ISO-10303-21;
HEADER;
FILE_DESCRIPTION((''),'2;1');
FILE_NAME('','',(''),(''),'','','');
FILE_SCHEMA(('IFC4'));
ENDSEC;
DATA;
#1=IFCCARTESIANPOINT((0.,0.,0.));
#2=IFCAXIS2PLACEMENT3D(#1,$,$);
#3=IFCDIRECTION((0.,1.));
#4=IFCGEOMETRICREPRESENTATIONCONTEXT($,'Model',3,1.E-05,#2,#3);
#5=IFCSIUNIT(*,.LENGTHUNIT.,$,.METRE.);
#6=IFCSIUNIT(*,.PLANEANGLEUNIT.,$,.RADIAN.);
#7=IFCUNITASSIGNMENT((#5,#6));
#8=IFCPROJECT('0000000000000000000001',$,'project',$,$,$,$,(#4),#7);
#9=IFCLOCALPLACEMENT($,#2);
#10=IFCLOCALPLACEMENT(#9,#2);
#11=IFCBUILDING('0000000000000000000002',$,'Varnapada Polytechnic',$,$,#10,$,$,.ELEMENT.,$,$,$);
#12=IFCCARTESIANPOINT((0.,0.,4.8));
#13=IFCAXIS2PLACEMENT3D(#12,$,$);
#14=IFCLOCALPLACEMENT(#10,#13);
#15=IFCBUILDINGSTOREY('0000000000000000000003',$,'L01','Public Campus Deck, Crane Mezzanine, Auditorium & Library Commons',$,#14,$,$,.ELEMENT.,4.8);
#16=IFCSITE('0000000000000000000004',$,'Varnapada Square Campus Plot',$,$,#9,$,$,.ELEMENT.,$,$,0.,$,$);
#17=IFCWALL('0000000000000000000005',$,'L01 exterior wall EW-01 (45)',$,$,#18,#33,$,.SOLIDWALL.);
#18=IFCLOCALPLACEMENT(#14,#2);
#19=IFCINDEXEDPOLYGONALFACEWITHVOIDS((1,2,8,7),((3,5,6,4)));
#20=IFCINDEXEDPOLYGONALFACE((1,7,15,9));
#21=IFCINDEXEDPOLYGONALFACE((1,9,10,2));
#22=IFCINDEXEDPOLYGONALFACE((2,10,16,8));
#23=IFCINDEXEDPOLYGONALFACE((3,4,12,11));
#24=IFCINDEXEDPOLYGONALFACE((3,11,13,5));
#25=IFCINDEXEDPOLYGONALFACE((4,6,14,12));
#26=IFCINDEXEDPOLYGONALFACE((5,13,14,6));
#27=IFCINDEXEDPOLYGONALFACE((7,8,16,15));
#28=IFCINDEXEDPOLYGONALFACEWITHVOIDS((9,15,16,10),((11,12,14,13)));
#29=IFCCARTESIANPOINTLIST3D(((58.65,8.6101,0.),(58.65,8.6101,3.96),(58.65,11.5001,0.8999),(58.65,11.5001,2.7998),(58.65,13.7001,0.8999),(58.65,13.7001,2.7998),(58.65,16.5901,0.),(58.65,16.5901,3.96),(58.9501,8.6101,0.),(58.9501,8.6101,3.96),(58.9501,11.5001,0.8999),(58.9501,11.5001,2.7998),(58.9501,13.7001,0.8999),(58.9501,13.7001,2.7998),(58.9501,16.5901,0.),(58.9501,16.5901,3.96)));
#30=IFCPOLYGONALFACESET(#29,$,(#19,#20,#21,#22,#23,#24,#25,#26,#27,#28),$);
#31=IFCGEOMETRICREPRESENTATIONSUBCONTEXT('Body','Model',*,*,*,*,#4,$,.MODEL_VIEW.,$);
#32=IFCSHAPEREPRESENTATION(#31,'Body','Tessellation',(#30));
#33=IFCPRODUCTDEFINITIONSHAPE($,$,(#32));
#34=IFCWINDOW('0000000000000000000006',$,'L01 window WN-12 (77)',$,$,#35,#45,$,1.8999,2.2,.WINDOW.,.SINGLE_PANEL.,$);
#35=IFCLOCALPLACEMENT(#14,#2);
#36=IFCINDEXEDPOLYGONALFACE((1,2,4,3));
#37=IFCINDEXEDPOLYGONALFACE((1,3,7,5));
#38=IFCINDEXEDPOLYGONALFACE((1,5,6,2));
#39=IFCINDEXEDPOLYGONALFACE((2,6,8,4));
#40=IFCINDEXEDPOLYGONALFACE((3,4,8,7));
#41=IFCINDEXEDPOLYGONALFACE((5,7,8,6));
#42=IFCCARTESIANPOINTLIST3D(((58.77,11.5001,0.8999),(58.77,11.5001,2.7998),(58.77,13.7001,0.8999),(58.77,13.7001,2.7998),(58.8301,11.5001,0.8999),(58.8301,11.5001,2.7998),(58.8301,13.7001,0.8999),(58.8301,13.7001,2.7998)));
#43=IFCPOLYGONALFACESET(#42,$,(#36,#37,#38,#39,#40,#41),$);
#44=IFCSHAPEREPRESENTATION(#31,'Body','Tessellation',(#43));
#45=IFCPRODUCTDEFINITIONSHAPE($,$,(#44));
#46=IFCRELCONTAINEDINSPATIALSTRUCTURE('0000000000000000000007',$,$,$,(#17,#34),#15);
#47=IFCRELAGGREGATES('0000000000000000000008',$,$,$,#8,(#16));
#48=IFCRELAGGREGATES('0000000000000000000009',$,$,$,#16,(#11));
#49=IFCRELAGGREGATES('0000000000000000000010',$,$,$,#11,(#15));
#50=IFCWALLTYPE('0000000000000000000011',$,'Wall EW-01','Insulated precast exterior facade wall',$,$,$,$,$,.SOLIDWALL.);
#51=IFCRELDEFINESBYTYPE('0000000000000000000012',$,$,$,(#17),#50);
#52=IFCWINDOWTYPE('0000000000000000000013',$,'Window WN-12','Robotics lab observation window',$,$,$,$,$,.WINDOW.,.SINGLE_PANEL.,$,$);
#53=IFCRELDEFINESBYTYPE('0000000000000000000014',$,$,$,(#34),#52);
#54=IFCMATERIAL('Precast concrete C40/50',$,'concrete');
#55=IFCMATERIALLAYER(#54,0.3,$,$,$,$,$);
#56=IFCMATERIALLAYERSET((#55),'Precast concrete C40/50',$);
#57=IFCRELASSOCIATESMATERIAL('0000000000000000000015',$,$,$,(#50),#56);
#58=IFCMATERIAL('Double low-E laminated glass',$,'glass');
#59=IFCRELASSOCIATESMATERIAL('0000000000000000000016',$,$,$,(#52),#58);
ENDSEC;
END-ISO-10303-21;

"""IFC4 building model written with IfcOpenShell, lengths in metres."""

from ifc_helpers import new_model, si_unit, direction, frame, frame_2d, origin, place, context, subcontext, project, spatial, rectangle, extrude, material, layer, layer_set, type_object, element, fill, save


model = new_model("IFC4")

# Units and contexts
model_context = context("Model", 3, precision=1e-05, world=origin(), true_north=direction((0.0, 1.0)))
body_context = subcontext(model_context, "Body", "Model", "MODEL_VIEW")
ifc_project = project(units=[si_unit("LENGTHUNIT", "METRE"), si_unit("PLANEANGLEUNIT", "RADIAN")], contexts=[model_context])

# Site, building, storey
site_placement = place(None, origin())
site = spatial("IfcSite", under=ifc_project, at=site_placement, Name="Varnapada Square Campus Plot", CompositionType="ELEMENT", RefElevation=0.0)
building_placement = place(site_placement, origin())
building = spatial("IfcBuilding", under=site, at=building_placement, Name="Varnapada Polytechnic", CompositionType="ELEMENT")
storey_placement = place(building_placement, frame((0.0, 0.0, 4.8)))
storey = spatial("IfcBuildingStorey", under=building, at=storey_placement, Name="L01", Description="Public Campus Deck, Crane Mezzanine, Auditorium & Library Commons", CompositionType="ELEMENT", Elevation=4.8)

# Shared definitions
ifc_material_1 = material(Name="Double low-E laminated glass", Category="glass")

# Wall, opening, window
ifc_material_2 = material(Name="Precast concrete C40/50", Category="concrete")
ifc_layer_1 = layer(ifc_material_2, 0.3)
ifc_layer_set_1 = layer_set([ifc_layer_1], Name="Precast concrete C40/50")
wall_type = type_object("IfcWallType", Name="Wall EW-01", Description="Insulated precast exterior facade wall", PredefinedType="SOLIDWALL", material=ifc_layer_set_1)
wall_placement = place(storey_placement, frame((58.8, 16.5901, 0.0), z_axis=(0.0, 0.0, 1.0), x_axis=(0.0, -1.0, 0.0)))
wall = element("IfcWall", 1, at=wall_placement, inside=storey, type_object=wall_type, Name="L01 exterior wall EW-01 (45)", PredefinedType="SOLIDWALL", context=body_context, shape_type="SweptSolid", body=[
    extrude(rectangle(XDim=7.98, YDim=0.3, at=frame_2d((3.99, 0.0))), origin(), (0.0, 0.0, 1.0), 3.96),
])
opening_placement = place(wall_placement, frame((2.8899, 0.0, 0.8999)))
opening = element("IfcOpeningElement", 2, at=opening_placement, cuts=wall, PredefinedType="OPENING", context=body_context, shape_type="SweptSolid", body=[
    extrude(rectangle(XDim=2.2, YDim=1.8999, at=frame_2d((1.1001, 0.95))), frame((0.0, 0.1599, 0.0), z_axis=(0.0, -1.0, 0.0), x_axis=(1.0, 0.0, 0.0)), (0.0, 0.0, 1.0), 0.3201),
])
window_type = type_object("IfcWindowType", Name="Window WN-12", Description="Robotics lab observation window", PartitioningType="SINGLE_PANEL", PredefinedType="WINDOW", material=ifc_material_1)
window_placement = place(opening_placement, origin())
window = element("IfcWindow", 3, at=window_placement, inside=storey, type_object=window_type, Name="L01 window WN-12 (77)", OverallHeight=1.8999, OverallWidth=2.2, PartitioningType="SINGLE_PANEL", PredefinedType="WINDOW", context=body_context, shape_type="SweptSolid", body=[
    extrude(rectangle(XDim=2.2, YDim=1.8999, at=frame_2d((1.1001, 0.95))), frame((0.0, 0.03, 0.0), z_axis=(0.0, -1.0, 0.0), x_axis=(1.0, 0.0, 0.0)), (0.0, 0.0, 1.0), 0.0601),
])
fill(opening, window)

save(model, "model.ifc")
